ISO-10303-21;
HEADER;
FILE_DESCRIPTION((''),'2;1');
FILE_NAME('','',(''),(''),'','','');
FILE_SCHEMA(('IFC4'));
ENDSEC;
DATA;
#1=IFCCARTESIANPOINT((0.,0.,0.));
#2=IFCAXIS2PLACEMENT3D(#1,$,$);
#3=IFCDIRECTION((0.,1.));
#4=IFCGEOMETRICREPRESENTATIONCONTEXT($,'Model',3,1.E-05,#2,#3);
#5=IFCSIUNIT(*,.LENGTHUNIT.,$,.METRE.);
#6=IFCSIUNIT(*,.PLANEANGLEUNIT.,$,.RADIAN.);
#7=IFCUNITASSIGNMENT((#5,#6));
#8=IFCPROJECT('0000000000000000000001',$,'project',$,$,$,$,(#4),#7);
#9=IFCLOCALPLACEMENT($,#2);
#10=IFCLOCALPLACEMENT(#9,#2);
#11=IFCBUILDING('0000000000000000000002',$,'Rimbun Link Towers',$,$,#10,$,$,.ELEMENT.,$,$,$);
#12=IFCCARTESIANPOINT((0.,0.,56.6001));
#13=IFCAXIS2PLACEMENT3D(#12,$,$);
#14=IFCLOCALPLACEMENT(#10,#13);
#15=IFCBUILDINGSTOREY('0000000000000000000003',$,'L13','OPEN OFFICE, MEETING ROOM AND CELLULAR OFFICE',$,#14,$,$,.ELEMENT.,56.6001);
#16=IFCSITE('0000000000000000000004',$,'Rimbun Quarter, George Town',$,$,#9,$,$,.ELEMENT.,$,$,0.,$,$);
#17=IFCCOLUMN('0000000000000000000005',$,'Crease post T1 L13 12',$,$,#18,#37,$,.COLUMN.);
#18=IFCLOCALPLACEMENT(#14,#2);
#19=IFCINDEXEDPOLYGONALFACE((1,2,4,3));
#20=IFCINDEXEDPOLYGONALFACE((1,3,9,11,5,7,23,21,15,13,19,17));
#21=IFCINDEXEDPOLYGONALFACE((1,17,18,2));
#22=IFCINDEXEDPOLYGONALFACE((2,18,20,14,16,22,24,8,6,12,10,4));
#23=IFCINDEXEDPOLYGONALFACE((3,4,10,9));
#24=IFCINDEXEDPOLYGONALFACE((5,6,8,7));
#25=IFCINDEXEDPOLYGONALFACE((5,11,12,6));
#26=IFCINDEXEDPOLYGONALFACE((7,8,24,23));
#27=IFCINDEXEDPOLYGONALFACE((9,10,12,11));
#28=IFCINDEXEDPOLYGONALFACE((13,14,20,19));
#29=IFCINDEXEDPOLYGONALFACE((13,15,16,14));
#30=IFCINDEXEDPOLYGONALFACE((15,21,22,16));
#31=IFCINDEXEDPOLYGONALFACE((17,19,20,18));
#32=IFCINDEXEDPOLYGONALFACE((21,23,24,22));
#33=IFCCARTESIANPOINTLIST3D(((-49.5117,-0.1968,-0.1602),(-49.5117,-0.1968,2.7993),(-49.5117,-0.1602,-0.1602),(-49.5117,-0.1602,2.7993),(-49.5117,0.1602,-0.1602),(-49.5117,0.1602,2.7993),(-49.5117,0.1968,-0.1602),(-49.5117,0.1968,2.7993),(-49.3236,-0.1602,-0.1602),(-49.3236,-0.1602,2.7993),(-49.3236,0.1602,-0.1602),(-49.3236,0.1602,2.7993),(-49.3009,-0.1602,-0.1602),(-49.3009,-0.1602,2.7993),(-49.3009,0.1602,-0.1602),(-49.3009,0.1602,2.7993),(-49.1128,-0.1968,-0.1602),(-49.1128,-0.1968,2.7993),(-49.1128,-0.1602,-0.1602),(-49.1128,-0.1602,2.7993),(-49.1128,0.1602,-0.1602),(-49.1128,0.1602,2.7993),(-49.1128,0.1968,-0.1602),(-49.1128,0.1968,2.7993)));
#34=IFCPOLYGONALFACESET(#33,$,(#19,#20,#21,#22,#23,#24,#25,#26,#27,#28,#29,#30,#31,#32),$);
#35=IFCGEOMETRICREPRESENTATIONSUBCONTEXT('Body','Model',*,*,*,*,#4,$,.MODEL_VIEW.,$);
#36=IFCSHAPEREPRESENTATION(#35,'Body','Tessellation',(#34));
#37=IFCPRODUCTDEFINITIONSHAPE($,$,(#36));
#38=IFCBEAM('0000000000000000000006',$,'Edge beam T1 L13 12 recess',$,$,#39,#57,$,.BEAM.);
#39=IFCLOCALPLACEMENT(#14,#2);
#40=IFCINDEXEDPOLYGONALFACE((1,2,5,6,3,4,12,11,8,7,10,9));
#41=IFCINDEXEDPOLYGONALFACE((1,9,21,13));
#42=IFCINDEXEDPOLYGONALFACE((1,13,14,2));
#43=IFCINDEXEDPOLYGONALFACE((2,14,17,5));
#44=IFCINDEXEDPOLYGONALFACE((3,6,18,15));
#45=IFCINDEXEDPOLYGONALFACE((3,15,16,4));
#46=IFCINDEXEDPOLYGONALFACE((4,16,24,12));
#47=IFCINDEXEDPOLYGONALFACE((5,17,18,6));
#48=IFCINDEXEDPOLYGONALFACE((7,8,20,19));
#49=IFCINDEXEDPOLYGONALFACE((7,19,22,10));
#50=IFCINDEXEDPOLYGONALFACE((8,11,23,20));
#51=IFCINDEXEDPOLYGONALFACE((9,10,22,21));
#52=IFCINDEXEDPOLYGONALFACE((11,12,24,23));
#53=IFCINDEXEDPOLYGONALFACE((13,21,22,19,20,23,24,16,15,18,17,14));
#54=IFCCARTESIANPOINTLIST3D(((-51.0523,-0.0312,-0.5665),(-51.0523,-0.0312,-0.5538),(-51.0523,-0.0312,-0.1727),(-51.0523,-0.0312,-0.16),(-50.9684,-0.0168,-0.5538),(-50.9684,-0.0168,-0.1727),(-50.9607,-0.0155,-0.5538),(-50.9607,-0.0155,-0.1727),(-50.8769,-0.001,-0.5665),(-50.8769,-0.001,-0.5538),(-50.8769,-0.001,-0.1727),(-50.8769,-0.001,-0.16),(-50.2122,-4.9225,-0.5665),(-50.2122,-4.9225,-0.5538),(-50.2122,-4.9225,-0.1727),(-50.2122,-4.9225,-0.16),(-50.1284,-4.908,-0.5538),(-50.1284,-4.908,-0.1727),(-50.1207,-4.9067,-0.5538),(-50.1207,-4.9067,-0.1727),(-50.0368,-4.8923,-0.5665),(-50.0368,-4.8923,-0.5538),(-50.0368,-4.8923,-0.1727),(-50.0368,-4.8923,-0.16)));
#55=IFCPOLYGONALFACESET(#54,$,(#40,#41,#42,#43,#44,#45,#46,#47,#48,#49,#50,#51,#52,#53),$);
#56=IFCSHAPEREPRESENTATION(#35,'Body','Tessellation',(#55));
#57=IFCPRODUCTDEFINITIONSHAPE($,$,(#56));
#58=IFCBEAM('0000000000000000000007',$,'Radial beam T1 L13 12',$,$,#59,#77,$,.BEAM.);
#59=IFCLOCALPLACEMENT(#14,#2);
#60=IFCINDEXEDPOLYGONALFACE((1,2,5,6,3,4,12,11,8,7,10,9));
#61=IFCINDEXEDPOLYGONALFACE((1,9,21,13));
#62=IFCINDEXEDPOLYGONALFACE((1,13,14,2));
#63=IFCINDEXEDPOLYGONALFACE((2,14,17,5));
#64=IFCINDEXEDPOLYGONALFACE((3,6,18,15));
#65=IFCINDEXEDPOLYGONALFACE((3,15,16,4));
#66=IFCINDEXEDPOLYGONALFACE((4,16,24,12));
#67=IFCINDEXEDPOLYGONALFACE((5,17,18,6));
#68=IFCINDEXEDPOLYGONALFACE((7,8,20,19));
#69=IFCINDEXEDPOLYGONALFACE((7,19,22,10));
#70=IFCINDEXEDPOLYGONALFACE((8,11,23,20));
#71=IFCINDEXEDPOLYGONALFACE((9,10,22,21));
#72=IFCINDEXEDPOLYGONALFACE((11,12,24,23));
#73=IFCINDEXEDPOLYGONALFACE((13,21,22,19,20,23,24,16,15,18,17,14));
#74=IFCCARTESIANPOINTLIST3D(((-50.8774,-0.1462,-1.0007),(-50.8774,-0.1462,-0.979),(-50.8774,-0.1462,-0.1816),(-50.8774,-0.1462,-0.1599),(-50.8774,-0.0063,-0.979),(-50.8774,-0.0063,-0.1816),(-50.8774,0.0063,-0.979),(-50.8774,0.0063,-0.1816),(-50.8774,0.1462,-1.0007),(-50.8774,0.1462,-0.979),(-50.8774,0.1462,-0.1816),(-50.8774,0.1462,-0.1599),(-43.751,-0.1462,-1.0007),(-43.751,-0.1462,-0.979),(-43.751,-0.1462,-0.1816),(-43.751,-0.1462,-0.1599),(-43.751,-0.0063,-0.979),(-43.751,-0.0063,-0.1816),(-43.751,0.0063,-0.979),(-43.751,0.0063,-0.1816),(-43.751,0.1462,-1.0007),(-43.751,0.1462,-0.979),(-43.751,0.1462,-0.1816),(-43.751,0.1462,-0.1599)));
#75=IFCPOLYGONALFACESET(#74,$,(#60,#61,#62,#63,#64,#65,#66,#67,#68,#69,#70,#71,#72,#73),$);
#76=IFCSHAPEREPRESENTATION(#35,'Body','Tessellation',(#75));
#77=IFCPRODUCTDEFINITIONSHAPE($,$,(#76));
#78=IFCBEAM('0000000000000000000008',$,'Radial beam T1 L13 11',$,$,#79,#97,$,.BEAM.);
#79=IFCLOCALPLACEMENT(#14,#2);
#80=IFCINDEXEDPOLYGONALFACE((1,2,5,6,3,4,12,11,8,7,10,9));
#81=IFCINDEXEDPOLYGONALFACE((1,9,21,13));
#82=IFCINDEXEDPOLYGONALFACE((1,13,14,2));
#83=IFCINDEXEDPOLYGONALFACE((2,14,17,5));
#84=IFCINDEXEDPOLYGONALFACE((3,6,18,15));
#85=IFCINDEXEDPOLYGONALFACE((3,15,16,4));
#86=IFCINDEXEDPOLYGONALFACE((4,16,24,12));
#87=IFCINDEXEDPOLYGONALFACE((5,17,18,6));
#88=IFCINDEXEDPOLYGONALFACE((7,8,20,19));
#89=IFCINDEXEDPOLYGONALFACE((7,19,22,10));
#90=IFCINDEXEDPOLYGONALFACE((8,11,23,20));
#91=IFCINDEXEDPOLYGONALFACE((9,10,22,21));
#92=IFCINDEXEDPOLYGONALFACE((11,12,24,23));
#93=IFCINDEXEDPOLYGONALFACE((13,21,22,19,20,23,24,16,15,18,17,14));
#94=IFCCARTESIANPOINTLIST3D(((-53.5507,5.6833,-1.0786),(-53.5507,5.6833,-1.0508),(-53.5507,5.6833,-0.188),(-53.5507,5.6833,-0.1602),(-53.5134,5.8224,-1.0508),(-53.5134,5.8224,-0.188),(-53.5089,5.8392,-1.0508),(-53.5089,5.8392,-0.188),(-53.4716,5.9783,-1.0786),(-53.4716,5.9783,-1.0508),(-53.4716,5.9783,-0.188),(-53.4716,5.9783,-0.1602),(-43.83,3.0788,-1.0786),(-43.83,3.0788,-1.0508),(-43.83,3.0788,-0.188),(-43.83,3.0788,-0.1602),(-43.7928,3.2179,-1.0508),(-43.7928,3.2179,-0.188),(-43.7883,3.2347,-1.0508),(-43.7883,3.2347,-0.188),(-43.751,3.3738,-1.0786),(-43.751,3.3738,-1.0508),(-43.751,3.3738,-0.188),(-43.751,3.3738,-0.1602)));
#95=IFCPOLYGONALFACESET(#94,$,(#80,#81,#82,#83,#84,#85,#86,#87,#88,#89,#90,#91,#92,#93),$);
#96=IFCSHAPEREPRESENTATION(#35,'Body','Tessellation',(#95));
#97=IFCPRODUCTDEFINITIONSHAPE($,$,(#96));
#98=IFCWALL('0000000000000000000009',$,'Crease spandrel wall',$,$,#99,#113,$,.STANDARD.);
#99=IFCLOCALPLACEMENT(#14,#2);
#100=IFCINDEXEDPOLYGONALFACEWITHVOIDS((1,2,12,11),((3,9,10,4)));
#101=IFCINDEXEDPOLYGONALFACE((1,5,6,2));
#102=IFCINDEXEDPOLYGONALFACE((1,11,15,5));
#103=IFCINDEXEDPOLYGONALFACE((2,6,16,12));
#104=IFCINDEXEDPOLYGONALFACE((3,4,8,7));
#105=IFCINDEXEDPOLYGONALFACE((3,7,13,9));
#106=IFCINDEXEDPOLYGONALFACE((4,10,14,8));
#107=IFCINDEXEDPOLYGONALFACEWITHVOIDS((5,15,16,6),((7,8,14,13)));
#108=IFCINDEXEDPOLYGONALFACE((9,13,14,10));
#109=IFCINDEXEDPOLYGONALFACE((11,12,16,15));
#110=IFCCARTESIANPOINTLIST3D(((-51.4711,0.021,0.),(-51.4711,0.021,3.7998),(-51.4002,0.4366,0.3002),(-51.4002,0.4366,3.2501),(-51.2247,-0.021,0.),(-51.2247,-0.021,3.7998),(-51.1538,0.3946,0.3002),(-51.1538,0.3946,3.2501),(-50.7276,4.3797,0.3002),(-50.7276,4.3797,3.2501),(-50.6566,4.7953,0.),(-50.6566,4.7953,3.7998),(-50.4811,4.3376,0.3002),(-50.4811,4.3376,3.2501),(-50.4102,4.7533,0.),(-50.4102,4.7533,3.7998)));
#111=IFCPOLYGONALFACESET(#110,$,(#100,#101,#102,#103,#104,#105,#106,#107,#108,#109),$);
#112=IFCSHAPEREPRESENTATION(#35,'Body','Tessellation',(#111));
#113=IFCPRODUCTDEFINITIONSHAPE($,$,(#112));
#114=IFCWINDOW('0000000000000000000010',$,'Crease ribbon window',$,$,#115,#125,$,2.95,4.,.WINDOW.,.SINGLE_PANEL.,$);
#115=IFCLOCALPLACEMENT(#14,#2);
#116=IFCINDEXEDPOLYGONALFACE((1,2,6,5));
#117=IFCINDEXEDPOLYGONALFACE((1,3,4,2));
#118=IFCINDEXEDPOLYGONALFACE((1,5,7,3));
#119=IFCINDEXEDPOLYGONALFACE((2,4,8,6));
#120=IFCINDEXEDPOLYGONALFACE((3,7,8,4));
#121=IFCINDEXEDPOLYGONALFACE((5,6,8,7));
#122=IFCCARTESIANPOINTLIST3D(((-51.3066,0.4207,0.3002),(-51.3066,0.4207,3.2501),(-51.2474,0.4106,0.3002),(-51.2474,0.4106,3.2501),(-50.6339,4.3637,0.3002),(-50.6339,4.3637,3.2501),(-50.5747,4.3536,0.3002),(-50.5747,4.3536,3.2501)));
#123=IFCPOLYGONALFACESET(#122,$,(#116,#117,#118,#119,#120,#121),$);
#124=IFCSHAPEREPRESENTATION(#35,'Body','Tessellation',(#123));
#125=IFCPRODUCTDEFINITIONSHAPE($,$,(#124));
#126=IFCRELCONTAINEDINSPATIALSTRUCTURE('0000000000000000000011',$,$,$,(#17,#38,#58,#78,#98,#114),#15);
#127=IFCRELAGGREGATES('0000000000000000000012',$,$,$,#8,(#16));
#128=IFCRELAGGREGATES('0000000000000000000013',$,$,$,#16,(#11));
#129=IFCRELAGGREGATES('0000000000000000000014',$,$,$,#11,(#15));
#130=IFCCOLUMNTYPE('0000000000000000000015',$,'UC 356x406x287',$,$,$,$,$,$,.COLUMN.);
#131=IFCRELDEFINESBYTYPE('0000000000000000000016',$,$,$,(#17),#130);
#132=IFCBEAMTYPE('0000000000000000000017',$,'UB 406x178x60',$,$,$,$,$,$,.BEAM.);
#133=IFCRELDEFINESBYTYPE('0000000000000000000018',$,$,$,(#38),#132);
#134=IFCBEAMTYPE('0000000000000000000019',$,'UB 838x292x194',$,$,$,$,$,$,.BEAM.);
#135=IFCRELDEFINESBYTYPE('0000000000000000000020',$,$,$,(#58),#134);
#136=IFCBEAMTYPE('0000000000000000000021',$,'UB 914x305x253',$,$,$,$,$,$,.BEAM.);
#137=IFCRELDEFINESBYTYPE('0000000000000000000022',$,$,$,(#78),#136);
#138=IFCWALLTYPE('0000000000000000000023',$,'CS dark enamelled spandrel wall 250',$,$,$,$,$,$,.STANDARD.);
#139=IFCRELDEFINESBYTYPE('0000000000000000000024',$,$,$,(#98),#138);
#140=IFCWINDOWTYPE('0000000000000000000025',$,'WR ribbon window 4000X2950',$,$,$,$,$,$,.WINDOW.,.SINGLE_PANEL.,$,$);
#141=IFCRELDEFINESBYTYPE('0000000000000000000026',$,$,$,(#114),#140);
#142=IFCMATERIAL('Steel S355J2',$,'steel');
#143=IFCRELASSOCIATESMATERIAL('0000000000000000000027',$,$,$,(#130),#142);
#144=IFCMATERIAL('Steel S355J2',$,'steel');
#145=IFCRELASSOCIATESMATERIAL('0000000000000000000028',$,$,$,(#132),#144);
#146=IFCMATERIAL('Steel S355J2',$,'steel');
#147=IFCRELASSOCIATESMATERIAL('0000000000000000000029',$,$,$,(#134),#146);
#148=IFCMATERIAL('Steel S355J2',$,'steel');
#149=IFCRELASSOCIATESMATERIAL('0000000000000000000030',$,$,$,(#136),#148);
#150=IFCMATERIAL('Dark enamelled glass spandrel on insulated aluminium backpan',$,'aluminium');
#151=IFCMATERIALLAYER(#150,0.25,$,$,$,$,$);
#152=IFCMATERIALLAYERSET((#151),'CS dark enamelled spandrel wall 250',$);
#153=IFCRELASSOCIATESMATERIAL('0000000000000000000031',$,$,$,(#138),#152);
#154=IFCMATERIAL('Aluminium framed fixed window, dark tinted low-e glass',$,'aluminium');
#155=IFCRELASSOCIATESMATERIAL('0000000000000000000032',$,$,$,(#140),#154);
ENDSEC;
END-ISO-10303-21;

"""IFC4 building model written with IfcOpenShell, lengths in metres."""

from ifc_helpers import new_model, si_unit, direction, frame, frame_2d, origin, origin_2d, place, context, subcontext, project, spatial, rectangle, i_section, extrude, material, layer, layer_set, material_profile, profile_set, type_object, element, fill, save


model = new_model("IFC4")

# Units and contexts
model_context = context("Model", 3, precision=1e-05, world=origin(), true_north=direction((0.0, 1.0)))
body_context = subcontext(model_context, "Body", "Model", "MODEL_VIEW")
ifc_project = project(units=[si_unit("LENGTHUNIT", "METRE"), si_unit("PLANEANGLEUNIT", "RADIAN")], contexts=[model_context])

# Site, building, storey
site_placement = place(None, origin())
site = spatial("IfcSite", under=ifc_project, at=site_placement, Name="Rimbun Quarter, George Town", CompositionType="ELEMENT", RefElevation=0.0)
building_placement = place(site_placement, origin())
building = spatial("IfcBuilding", under=site, at=building_placement, Name="Rimbun Link Towers", CompositionType="ELEMENT")
storey_placement = place(building_placement, frame((0.0, 0.0, 56.6001)))
storey = spatial("IfcBuildingStorey", under=building, at=storey_placement, Name="L13", Description="OPEN OFFICE, MEETING ROOM AND CELLULAR OFFICE", CompositionType="ELEMENT", Elevation=56.6001)

# Column
ifc_material_1 = material(Name="Steel S355J2", Category="steel")
ifc_material_profile_1 = material_profile(ifc_material_1, i_section(OverallWidth=0.3989, OverallDepth=0.3936, WebThickness=0.0227, FlangeThickness=0.0366, at=origin_2d()), Name="UC 356x406x287")
ifc_profile_set_1 = profile_set([ifc_material_profile_1], Name="Steel S355J2")
column_type = type_object("IfcColumnType", Name="UC 356x406x287", PredefinedType="COLUMN", material=ifc_profile_set_1)
column_placement = place(storey_placement, frame((-49.3123, 0.0, -0.1602), z_axis=(0.0, 0.0, 1.0), x_axis=(1.0, 0.0, 0.0)))
element("IfcColumn", 1, at=column_placement, inside=storey, type_object=column_type, Name="Crease post T1 L13 12", PredefinedType="COLUMN", context=body_context, shape_type="SweptSolid", body=[
    extrude(i_section(OverallWidth=0.3989, OverallDepth=0.3936, WebThickness=0.0227, FlangeThickness=0.0366, at=origin_2d()), origin(), (0.0, 0.0, 1.0), 2.9595),
])

# Beams
ifc_material_2 = material(Name="Steel S355J2", Category="steel")
ifc_material_profile_2 = material_profile(ifc_material_2, i_section(OverallWidth=0.178, OverallDepth=0.4065, WebThickness=0.0078, FlangeThickness=0.0127, at=origin_2d()), Name="UB 406x178x60")
ifc_profile_set_2 = profile_set([ifc_material_profile_2], Name="Steel S355J2")
beam_type_1 = type_object("IfcBeamType", Name="UB 406x178x60", PredefinedType="BEAM", material=ifc_profile_set_2)
beam_1_placement = place(storey_placement, frame((-50.9646, -0.0161, -0.3633), z_axis=(0.169271, -0.98557, 0.0), x_axis=(0.98557, 0.169271, 0.0)))
element("IfcBeam", 2, at=beam_1_placement, inside=storey, type_object=beam_type_1, Name="Edge beam T1 L13 12 recess", PredefinedType="BEAM", context=body_context, shape_type="SweptSolid", body=[
    extrude(i_section(OverallWidth=0.178, OverallDepth=0.4065, WebThickness=0.0078, FlangeThickness=0.0127, at=origin_2d()), origin(), (0.0, 0.0, 1.0), 4.9629),
])
ifc_material_3 = material(Name="Steel S355J2", Category="steel")
ifc_material_profile_3 = material_profile(ifc_material_3, i_section(OverallWidth=0.2925, OverallDepth=0.8408, WebThickness=0.0127, FlangeThickness=0.0217, at=origin_2d()), Name="UB 838x292x194")
ifc_profile_set_3 = profile_set([ifc_material_profile_3], Name="Steel S355J2")
beam_type_2 = type_object("IfcBeamType", Name="UB 838x292x194", PredefinedType="BEAM", material=ifc_profile_set_3)
beam_2_placement = place(storey_placement, frame((-43.751, 0.0, -0.5803), z_axis=(-1.0, 0.0, 0.0), x_axis=(0.0, -1.0, 0.0)))
element("IfcBeam", 3, at=beam_2_placement, inside=storey, type_object=beam_type_2, Name="Radial beam T1 L13 12", PredefinedType="BEAM", context=body_context, shape_type="SweptSolid", body=[
    extrude(i_section(OverallWidth=0.2925, OverallDepth=0.8408, WebThickness=0.0127, FlangeThickness=0.0217, at=origin_2d()), origin(), (0.0, 0.0, 1.0), 7.1265),
])
ifc_material_4 = material(Name="Steel S355J2", Category="steel")
ifc_material_profile_4 = material_profile(ifc_material_4, i_section(OverallWidth=0.3054, OverallDepth=0.9185, WebThickness=0.0173, FlangeThickness=0.0278, at=origin_2d()), Name="UB 914x305x253")
ifc_profile_set_4 = profile_set([ifc_material_profile_4], Name="Steel S355J2")
beam_type_3 = type_object("IfcBeamType", Name="UB 914x305x253", PredefinedType="BEAM", material=ifc_profile_set_4)
beam_3_placement = place(storey_placement, frame((-43.7905, 3.2263, -0.6194), z_axis=(-0.96593, 0.258804, 0.0), x_axis=(-0.258804, -0.96593, 0.0)))
element("IfcBeam", 4, at=beam_3_placement, inside=storey, type_object=beam_type_3, Name="Radial beam T1 L13 11", PredefinedType="BEAM", context=body_context, shape_type="SweptSolid", body=[
    extrude(i_section(OverallWidth=0.3054, OverallDepth=0.9185, WebThickness=0.0173, FlangeThickness=0.0278, at=origin_2d()), origin(), (0.0, 0.0, 1.0), 10.0635),
])

# Wall, opening, window
ifc_material_5 = material(Name="Dark enamelled glass spandrel on insulated aluminium backpan", Category="aluminium")
ifc_layer_1 = layer(ifc_material_5, 0.25)
ifc_layer_set_1 = layer_set([ifc_layer_1], Name="CS dark enamelled spandrel wall 250")
wall_type_1 = type_object("IfcWallType", Name="CS dark enamelled spandrel wall 250", PredefinedType="STANDARD", material=ifc_layer_set_1)
wall_1_placement = place(storey_placement, frame((-51.3479, 0.0, 0.0), z_axis=(0.0, 0.0, 1.0), x_axis=(0.168166, 0.985759, 0.0)))
wall_1 = element("IfcWall", 5, at=wall_1_placement, inside=storey, type_object=wall_type_1, Name="Crease spandrel wall", PredefinedType="STANDARD", context=body_context, shape_type="SweptSolid", body=[
    extrude(rectangle(XDim=4.8433, YDim=0.25, at=frame_2d((2.4216, 0.0))), origin(), (0.0, 0.0, 1.0), 3.7998),
])
opening_1_placement = place(wall_1_placement, frame((0.4216, 0.0, 0.3)))
opening_1 = element("IfcOpeningElement", 6, at=opening_1_placement, cuts=wall_1, PredefinedType="OPENING", context=body_context, shape_type="SweptSolid", body=[
    extrude(rectangle(XDim=4.0, YDim=2.95, at=frame_2d((2.0, 1.4751))), frame((0.0, 0.135, 0.0), z_axis=(0.0, -1.0, 0.0), x_axis=(1.0, 0.0, 0.0)), (0.0, 0.0, 1.0), 0.27),
])
ifc_material_6 = material(Name="Aluminium framed fixed window, dark tinted low-e glass", Category="aluminium")
window_type = type_object("IfcWindowType", Name="WR ribbon window 4000X2950", PartitioningType="SINGLE_PANEL", PredefinedType="WINDOW", material=ifc_material_6)
window_placement = place(opening_1_placement, origin())
window = element("IfcWindow", 7, at=window_placement, inside=storey, type_object=window_type, Name="Crease ribbon window", OverallHeight=2.95, OverallWidth=4.0, PartitioningType="SINGLE_PANEL", PredefinedType="WINDOW", context=body_context, shape_type="SweptSolid", body=[
    extrude(rectangle(XDim=4.0, YDim=2.95, at=frame_2d((2.0, 1.4751))), frame((0.0, 0.03, 0.0), z_axis=(0.0, -1.0, 0.0), x_axis=(1.0, 0.0, 0.0)), (0.0, 0.0, 1.0), 0.0601),
])
fill(opening_1, window)

save(model, "model.ifc")
